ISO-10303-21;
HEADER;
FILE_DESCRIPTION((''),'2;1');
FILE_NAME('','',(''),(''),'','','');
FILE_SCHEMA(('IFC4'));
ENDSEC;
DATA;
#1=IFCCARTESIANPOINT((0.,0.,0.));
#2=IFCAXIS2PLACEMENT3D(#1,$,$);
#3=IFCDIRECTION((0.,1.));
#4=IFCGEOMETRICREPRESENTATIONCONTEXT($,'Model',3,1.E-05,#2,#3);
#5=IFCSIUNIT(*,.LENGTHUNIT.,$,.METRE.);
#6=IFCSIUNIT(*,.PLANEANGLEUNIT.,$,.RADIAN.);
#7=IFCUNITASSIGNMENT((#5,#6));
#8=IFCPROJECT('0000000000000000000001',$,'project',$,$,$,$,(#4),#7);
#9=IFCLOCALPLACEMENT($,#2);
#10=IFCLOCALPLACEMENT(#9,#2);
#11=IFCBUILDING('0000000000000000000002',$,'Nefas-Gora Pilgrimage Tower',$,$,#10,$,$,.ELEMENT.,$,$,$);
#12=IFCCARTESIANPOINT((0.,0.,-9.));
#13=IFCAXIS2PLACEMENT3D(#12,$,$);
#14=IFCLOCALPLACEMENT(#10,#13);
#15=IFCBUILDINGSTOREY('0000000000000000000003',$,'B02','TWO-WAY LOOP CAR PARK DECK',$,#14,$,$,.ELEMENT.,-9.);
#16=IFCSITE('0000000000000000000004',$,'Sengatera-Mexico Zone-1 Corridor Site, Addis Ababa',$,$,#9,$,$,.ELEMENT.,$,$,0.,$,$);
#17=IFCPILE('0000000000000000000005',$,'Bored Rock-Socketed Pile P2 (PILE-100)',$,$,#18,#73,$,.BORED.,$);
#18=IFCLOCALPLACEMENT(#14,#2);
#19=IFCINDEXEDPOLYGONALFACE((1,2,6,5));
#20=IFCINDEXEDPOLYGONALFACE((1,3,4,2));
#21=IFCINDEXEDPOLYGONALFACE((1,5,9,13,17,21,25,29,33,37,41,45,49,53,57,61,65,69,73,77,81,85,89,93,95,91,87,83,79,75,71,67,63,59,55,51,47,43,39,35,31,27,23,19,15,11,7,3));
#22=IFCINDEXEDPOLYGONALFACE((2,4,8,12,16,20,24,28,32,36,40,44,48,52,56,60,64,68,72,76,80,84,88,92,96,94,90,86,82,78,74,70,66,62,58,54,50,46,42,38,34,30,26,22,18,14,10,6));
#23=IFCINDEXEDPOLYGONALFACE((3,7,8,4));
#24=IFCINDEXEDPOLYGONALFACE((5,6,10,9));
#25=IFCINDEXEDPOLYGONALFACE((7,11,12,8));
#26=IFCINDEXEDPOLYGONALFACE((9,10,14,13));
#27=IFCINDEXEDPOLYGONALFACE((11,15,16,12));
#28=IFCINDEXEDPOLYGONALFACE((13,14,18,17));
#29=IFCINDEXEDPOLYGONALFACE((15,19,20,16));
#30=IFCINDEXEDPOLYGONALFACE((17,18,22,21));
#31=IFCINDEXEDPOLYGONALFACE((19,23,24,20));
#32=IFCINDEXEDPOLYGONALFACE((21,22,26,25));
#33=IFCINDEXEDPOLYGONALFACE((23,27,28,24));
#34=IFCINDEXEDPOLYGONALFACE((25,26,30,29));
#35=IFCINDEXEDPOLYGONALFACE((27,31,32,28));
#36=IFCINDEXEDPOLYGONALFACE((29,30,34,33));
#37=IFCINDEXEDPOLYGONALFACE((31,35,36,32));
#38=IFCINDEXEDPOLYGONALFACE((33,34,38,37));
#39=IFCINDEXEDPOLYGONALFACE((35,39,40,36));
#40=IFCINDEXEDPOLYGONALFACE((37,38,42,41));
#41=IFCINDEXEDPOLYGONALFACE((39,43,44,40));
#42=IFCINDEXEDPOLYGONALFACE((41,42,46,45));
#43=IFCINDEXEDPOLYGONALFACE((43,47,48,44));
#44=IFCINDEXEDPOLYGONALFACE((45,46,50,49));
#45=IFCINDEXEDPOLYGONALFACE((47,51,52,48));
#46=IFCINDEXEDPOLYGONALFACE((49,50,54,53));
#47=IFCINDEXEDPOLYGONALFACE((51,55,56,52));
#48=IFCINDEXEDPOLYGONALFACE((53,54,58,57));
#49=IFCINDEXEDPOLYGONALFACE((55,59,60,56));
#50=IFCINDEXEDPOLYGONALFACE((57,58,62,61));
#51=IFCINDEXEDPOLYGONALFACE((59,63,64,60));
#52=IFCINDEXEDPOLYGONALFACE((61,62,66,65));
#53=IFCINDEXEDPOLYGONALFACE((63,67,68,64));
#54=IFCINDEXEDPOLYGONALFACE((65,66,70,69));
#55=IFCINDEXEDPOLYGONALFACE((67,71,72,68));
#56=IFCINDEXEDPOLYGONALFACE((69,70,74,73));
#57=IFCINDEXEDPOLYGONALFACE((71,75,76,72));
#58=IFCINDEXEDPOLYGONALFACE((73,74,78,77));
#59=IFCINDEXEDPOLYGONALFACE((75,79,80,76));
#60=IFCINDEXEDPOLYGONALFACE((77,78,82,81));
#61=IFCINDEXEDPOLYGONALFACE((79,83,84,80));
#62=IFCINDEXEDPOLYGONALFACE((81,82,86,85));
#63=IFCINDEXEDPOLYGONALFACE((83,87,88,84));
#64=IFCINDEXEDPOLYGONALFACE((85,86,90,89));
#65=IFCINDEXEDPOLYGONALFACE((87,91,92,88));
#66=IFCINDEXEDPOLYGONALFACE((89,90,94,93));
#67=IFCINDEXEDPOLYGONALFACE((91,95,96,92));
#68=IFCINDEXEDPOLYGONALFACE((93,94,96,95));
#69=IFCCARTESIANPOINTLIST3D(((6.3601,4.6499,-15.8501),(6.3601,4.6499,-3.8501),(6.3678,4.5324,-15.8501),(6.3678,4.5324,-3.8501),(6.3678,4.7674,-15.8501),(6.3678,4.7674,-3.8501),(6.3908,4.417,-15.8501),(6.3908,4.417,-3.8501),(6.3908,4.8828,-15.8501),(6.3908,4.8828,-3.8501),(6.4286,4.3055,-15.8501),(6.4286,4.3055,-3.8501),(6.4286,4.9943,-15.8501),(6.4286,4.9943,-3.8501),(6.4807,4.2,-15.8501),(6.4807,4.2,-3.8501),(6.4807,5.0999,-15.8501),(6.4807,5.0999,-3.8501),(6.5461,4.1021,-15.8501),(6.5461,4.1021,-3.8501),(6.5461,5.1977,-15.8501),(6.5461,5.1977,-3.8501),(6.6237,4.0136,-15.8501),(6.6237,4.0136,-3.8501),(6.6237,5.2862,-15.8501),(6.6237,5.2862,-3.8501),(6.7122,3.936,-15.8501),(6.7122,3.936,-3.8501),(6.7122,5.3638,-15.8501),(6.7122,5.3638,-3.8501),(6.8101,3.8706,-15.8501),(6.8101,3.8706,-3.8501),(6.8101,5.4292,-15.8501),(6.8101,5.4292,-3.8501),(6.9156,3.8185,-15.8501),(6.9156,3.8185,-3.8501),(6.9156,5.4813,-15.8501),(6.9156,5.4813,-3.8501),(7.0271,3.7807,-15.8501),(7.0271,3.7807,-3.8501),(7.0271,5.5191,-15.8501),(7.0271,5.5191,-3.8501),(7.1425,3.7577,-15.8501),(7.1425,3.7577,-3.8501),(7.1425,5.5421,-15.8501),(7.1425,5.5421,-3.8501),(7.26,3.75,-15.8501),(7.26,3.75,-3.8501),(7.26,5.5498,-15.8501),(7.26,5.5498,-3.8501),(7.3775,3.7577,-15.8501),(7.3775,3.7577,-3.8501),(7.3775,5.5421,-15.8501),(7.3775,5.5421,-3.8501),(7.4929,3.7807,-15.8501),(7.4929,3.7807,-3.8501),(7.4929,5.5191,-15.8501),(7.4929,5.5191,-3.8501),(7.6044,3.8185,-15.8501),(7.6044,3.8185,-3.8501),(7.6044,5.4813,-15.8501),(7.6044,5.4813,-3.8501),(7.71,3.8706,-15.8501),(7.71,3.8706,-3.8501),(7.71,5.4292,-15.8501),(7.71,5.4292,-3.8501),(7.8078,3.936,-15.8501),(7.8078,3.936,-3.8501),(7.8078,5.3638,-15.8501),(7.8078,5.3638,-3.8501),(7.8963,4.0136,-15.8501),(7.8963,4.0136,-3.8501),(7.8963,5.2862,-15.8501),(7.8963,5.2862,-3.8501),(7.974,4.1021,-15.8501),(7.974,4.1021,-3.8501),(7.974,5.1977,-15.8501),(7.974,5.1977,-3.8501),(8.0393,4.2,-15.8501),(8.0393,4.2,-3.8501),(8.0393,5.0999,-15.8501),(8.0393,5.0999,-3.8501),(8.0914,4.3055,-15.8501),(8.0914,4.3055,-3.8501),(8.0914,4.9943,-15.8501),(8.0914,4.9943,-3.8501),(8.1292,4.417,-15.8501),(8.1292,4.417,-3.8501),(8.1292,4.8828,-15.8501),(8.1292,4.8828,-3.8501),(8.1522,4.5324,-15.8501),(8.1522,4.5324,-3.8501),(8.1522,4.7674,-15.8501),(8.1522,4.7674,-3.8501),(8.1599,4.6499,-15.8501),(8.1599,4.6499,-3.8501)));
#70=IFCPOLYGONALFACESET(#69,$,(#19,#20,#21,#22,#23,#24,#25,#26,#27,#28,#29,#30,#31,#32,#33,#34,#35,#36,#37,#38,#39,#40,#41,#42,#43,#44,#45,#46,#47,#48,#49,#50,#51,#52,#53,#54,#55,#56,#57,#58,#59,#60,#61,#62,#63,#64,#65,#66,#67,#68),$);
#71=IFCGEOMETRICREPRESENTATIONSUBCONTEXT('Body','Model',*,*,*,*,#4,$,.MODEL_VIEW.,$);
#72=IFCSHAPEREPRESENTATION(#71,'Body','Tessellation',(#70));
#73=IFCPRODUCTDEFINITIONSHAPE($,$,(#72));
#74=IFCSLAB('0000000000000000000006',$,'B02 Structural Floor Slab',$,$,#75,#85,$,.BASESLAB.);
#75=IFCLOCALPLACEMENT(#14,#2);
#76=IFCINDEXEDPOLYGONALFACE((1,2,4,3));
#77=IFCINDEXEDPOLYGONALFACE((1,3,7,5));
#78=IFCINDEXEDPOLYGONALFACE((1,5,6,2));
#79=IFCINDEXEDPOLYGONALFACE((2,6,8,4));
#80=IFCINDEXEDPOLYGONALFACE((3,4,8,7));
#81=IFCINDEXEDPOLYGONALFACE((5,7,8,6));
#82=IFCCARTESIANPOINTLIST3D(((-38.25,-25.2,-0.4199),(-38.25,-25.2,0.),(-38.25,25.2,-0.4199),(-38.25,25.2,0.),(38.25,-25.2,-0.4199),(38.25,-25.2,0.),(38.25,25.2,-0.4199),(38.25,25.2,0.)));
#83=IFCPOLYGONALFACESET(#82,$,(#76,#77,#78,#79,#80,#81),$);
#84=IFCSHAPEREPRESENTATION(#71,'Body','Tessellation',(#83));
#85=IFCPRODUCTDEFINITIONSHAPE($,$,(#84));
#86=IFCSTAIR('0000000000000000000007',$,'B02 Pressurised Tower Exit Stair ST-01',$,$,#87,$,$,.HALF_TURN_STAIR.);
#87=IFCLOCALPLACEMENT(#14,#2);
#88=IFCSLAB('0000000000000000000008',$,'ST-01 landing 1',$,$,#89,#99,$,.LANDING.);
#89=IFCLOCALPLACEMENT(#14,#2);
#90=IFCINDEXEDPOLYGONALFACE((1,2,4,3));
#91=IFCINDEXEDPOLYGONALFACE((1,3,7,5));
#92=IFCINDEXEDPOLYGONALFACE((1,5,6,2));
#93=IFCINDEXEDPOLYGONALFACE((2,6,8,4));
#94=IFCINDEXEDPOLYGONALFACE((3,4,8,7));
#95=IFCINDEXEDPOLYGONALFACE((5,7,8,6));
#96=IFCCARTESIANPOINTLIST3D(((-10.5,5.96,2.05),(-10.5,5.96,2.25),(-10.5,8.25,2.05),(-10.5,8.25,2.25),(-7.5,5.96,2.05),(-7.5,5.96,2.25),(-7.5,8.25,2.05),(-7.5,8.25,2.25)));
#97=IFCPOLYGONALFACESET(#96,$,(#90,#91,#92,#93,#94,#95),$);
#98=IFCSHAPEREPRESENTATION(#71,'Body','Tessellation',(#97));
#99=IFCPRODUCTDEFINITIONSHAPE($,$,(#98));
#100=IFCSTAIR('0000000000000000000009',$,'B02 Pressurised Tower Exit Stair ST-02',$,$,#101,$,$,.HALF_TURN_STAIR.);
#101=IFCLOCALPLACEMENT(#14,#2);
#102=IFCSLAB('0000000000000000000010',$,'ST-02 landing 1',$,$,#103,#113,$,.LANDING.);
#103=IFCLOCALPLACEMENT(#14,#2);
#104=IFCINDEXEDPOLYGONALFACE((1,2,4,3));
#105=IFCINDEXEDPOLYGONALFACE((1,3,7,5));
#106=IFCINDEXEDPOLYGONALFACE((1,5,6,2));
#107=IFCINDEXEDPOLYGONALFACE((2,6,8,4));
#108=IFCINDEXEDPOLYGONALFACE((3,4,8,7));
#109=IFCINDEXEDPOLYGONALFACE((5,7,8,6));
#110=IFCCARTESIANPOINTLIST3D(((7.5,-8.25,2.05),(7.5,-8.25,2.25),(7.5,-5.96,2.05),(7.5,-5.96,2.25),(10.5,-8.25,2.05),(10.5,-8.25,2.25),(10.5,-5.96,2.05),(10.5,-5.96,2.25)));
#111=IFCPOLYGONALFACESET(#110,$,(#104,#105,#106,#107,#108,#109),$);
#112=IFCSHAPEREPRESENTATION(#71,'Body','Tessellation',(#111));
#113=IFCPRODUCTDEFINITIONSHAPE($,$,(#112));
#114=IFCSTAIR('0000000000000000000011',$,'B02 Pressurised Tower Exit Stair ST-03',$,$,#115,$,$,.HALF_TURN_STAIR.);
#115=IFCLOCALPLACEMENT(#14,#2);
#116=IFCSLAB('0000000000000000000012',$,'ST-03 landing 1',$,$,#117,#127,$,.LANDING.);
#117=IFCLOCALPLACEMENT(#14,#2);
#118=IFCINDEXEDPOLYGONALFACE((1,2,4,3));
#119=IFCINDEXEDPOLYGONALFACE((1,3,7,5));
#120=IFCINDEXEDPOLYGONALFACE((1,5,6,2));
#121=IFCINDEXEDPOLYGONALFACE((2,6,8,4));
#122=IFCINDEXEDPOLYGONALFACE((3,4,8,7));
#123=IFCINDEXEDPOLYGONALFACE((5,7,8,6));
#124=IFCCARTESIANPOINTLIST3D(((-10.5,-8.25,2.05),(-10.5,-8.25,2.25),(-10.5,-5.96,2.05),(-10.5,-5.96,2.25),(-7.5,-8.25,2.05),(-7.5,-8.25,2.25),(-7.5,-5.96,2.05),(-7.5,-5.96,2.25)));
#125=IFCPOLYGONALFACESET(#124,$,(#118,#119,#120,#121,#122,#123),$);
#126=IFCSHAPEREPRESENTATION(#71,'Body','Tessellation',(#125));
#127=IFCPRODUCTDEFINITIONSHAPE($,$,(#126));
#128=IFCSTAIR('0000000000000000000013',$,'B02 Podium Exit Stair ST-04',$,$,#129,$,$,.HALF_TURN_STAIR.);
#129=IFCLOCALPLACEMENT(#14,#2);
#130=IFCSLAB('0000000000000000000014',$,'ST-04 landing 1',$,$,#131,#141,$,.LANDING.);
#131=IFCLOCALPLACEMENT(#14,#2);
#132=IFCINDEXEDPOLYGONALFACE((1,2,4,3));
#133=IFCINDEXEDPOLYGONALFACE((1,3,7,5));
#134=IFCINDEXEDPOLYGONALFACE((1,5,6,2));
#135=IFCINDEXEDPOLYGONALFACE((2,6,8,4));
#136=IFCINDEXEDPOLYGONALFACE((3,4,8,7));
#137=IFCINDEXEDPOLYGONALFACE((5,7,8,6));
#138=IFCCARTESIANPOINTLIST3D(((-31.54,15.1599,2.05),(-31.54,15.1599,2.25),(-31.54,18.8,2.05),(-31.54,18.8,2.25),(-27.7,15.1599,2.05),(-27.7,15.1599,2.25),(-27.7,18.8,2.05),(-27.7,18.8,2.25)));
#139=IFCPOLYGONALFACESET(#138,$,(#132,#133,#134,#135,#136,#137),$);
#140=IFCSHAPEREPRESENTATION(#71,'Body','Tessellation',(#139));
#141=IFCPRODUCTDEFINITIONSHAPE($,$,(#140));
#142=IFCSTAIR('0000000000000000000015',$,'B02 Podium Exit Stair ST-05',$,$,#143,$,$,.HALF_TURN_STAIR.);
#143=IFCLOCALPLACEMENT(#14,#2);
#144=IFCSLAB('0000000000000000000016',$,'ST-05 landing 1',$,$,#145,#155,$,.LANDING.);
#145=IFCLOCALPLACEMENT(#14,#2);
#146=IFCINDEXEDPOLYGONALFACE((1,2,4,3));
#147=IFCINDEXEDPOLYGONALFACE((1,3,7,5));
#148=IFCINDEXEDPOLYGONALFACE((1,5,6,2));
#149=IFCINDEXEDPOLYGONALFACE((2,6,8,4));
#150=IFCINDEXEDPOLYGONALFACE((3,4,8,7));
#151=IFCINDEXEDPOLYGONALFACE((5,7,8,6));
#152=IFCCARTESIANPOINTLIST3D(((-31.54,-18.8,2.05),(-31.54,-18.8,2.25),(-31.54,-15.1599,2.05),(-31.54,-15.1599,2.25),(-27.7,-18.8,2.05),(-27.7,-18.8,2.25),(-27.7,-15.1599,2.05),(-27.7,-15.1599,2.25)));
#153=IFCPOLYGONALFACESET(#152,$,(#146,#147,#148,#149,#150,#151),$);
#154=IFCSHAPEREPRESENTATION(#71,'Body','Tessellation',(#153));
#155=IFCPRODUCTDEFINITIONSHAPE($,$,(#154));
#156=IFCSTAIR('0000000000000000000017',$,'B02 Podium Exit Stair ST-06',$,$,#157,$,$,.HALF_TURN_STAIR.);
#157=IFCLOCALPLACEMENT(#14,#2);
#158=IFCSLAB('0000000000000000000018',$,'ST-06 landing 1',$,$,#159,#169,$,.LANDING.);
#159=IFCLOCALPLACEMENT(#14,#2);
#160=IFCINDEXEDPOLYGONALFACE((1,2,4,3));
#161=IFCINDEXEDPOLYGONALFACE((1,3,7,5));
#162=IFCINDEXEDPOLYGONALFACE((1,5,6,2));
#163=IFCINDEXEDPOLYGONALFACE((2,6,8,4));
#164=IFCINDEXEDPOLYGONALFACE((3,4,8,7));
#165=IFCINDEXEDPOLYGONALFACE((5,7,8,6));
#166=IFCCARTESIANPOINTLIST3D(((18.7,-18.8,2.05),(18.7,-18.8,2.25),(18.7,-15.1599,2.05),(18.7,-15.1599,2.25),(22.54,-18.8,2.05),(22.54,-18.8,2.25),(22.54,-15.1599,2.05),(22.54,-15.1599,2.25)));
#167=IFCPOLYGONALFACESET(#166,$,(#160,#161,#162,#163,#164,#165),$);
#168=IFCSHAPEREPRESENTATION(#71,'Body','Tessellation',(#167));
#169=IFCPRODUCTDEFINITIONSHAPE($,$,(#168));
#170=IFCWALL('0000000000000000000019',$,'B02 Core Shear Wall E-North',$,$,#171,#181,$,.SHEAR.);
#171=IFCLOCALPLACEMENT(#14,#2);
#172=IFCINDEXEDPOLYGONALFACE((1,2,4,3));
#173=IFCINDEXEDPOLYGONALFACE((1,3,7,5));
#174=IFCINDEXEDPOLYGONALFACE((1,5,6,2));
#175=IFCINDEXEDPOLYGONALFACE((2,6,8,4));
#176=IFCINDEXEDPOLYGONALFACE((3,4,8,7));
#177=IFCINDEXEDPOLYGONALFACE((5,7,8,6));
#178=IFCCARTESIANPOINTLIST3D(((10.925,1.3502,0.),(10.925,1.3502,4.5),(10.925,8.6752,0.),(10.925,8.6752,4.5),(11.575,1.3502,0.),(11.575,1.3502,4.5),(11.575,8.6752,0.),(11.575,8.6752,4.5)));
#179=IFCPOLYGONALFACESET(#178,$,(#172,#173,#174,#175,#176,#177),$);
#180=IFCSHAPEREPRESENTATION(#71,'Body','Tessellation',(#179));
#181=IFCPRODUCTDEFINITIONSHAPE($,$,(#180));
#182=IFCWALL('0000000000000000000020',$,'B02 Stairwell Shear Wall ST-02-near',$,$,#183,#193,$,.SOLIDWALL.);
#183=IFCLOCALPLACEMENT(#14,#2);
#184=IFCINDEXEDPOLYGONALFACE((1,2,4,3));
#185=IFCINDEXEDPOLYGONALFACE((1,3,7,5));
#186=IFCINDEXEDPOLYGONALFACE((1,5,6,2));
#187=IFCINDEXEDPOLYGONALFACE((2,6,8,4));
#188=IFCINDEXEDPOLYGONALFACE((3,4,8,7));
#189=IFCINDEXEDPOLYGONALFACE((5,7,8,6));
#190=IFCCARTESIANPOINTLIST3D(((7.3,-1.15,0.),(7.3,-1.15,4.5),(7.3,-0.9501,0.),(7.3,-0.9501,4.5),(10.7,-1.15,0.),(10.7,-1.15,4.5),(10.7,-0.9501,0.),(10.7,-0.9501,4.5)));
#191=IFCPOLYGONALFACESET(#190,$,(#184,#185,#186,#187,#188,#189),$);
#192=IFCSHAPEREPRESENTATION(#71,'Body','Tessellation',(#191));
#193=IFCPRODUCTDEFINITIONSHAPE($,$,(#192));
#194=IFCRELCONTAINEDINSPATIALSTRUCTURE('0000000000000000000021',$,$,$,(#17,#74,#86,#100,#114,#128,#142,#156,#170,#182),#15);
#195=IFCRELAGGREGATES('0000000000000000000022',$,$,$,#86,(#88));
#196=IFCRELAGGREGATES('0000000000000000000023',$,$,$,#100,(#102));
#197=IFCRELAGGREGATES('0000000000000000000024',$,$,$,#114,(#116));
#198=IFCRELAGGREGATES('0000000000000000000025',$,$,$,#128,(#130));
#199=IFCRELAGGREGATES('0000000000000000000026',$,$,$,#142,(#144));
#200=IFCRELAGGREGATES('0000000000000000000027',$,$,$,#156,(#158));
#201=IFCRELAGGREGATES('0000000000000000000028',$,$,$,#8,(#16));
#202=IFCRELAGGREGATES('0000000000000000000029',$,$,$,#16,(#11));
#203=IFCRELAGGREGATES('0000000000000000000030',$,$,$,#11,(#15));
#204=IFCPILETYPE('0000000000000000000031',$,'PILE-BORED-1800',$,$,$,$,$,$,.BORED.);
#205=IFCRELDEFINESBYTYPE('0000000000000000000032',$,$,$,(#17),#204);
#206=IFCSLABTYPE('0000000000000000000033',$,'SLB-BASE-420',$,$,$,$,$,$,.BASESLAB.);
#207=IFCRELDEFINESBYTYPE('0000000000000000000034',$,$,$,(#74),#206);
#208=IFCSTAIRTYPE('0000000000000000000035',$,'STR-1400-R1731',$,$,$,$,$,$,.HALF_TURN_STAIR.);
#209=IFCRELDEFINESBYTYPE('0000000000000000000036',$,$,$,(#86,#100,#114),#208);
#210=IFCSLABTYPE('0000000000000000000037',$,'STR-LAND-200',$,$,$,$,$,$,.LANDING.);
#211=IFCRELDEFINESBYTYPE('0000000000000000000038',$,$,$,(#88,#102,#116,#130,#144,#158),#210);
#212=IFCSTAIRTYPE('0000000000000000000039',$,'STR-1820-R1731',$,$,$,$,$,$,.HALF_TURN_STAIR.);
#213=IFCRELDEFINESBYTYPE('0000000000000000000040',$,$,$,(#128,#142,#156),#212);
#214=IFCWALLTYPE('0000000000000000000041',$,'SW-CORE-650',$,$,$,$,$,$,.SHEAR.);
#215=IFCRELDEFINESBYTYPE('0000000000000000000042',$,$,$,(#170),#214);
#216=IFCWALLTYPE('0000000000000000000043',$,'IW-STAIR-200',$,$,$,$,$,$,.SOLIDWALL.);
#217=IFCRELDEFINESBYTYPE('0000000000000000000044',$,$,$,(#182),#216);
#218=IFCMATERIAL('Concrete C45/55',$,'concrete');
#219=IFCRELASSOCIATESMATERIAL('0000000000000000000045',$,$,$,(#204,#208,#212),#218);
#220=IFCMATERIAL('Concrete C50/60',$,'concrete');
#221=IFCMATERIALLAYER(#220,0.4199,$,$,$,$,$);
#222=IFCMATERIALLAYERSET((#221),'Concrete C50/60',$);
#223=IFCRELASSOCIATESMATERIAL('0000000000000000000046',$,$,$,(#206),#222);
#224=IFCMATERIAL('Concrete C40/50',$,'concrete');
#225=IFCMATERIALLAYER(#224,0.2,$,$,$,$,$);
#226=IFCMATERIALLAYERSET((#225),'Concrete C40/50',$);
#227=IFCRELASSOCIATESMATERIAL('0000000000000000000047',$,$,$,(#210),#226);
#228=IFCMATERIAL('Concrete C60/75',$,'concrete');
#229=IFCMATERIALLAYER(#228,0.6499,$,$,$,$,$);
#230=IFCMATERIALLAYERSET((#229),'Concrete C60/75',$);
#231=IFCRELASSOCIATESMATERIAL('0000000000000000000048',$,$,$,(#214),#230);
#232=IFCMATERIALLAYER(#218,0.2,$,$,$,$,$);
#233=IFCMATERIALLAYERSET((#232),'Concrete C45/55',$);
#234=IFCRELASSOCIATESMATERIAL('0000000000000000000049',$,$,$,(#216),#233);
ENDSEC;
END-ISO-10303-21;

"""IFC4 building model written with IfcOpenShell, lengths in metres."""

from ifc_helpers import new_model, si_unit, direction, frame, frame_2d, origin, origin_2d, place, context, subcontext, project, spatial, polyline, rectangle, circle, outline, extrude, source, transform, mapped, material, layer, layer_set, material_profile, profile_set, type_object, element, aggregate, save


model = new_model("IFC4")

# Units and contexts
model_context = context("Model", 3, precision=1e-05, world=origin(), true_north=direction((0.0, 1.0)))
body_context = subcontext(model_context, "Body", "Model", "MODEL_VIEW")
ifc_project = project(units=[si_unit("LENGTHUNIT", "METRE"), si_unit("PLANEANGLEUNIT", "RADIAN")], contexts=[model_context])

# Site, building, storey
site_placement = place(None, origin())
site = spatial("IfcSite", under=ifc_project, at=site_placement, Name="Sengatera-Mexico Zone-1 Corridor Site, Addis Ababa", CompositionType="ELEMENT", RefElevation=0.0)
building_placement = place(site_placement, origin())
building = spatial("IfcBuilding", under=site, at=building_placement, Name="Nefas-Gora Pilgrimage Tower", CompositionType="ELEMENT")
storey_placement = place(building_placement, frame((0.0, 0.0, -9.0)))
storey = spatial("IfcBuildingStorey", under=building, at=storey_placement, Name="B02", Description="TWO-WAY LOOP CAR PARK DECK", CompositionType="ELEMENT", Elevation=-9.0)

# Shared definitions
ifc_material_1 = material(Name="Concrete C50/60", Category="concrete")

# Pile
ifc_material_2 = material(Name="Concrete C45/55", Category="concrete")
ifc_material_profile = material_profile(ifc_material_2, circle(Radius=0.8999, at=origin_2d()), Name="PILE D1800")
ifc_profile_set = profile_set([ifc_material_profile], Name="Concrete C45/55")
pile_type = type_object("IfcPileType", Name="PILE-BORED-1800", PredefinedType="BORED", material=ifc_profile_set)
shared_shape_1 = source(origin(), body_context, "Body", "SweptSolid", [
    extrude(circle(Radius=0.8999, at=origin_2d()), origin(), (0.0, 0.0, 1.0), 12.0),
])
for number, where, z_axis, x_axis, name in (
    (1, (7.26, 4.6499, -3.8501), (0.0, 0.0, -1.0), (1.0, 0.0, 0.0), "Bored Rock-Socketed Pile P2 (PILE-100)"),
):
    element("IfcPile", number, at=place(storey_placement, frame(where, z_axis=z_axis, x_axis=x_axis)), inside=storey, type_object=pile_type, Name=name, PredefinedType="BORED", context=body_context, shape_type="MappedRepresentation", body=[
        mapped(shared_shape_1, transform((0.0, 0.0, 0.0), x_axis=(1.0, 0.0, 0.0), y_axis=(0.0, 1.0, 0.0), z_axis=(0.0, 0.0, 1.0), scale=1.0)),
    ])

# Slab
ifc_layer_1 = layer(ifc_material_1, 0.4199)
ifc_layer_set_1 = layer_set([ifc_layer_1], Name="Concrete C50/60")
slab_type_1 = type_object("IfcSlabType", Name="SLB-BASE-420", PredefinedType="BASESLAB", material=ifc_layer_set_1)
slab_1_placement = place(storey_placement, frame((0.0, 0.0, -0.4199)))
element("IfcSlab", 2, at=slab_1_placement, inside=storey, type_object=slab_type_1, Name="B02 Structural Floor Slab", PredefinedType="BASESLAB", context=body_context, shape_type="SweptSolid", body=[
    extrude(outline(polyline([(38.25, -25.2), (38.25, 25.2), (-38.25, 25.2), (-38.25, -25.2), (38.25, -25.2)])), origin(), (0.0, 0.0, 1.0), 0.4199),
])

# Stairs, slabs
stair_type_1 = type_object("IfcStairType", Name="STR-1400-R1731", PredefinedType="HALF_TURN_STAIR", material=ifc_material_2)
stair_1_placement = place(storey_placement, origin())
stair_1 = element("IfcStair", 3, at=stair_1_placement, inside=storey, type_object=stair_type_1, Name="B02 Pressurised Tower Exit Stair ST-01", PredefinedType="HALF_TURN_STAIR")
ifc_material_3 = material(Name="Concrete C40/50", Category="concrete")
ifc_layer_2 = layer(ifc_material_3, 0.2)
ifc_layer_set_2 = layer_set([ifc_layer_2], Name="Concrete C40/50")
slab_type_2 = type_object("IfcSlabType", Name="STR-LAND-200", PredefinedType="LANDING", material=ifc_layer_set_2)
slab_2_placement = place(storey_placement, frame((0.0, 0.0, 2.05)))
slab_2 = element("IfcSlab", 4, at=slab_2_placement, type_object=slab_type_2, Name="ST-01 landing 1", PredefinedType="LANDING", context=body_context, shape_type="SweptSolid", body=[
    extrude(outline(polyline([(-7.5, 5.96), (-7.5, 8.25), (-10.5, 8.25), (-10.5, 5.96), (-7.5, 5.96)])), origin(), (0.0, 0.0, 1.0), 0.2),
])
aggregate(stair_1, [slab_2])
stair_2_placement = place(storey_placement, origin())
stair_2 = element("IfcStair", 5, at=stair_2_placement, inside=storey, type_object=stair_type_1, Name="B02 Pressurised Tower Exit Stair ST-02", PredefinedType="HALF_TURN_STAIR")
slab_3_placement = place(storey_placement, frame((0.0, 0.0, 2.05)))
slab_3 = element("IfcSlab", 6, at=slab_3_placement, type_object=slab_type_2, Name="ST-02 landing 1", PredefinedType="LANDING", context=body_context, shape_type="SweptSolid", body=[
    extrude(outline(polyline([(7.5, -5.96), (7.5, -8.25), (10.5, -8.25), (10.5, -5.96), (7.5, -5.96)])), origin(), (0.0, 0.0, 1.0), 0.2),
])
aggregate(stair_2, [slab_3])
stair_3_placement = place(storey_placement, origin())
stair_3 = element("IfcStair", 7, at=stair_3_placement, inside=storey, type_object=stair_type_1, Name="B02 Pressurised Tower Exit Stair ST-03", PredefinedType="HALF_TURN_STAIR")
slab_4_placement = place(storey_placement, frame((0.0, 0.0, 2.05)))
slab_4 = element("IfcSlab", 8, at=slab_4_placement, type_object=slab_type_2, Name="ST-03 landing 1", PredefinedType="LANDING", context=body_context, shape_type="SweptSolid", body=[
    extrude(outline(polyline([(-10.5, -5.96), (-10.5, -8.25), (-7.5, -8.25), (-7.5, -5.96), (-10.5, -5.96)])), origin(), (0.0, 0.0, 1.0), 0.2),
])
aggregate(stair_3, [slab_4])
stair_type_2 = type_object("IfcStairType", Name="STR-1820-R1731", PredefinedType="HALF_TURN_STAIR", material=ifc_material_2)
stair_4_placement = place(storey_placement, origin())
stair_4 = element("IfcStair", 9, at=stair_4_placement, inside=storey, type_object=stair_type_2, Name="B02 Podium Exit Stair ST-04", PredefinedType="HALF_TURN_STAIR")
slab_5_placement = place(storey_placement, frame((0.0, 0.0, 2.05)))
slab_5 = element("IfcSlab", 10, at=slab_5_placement, type_object=slab_type_2, Name="ST-04 landing 1", PredefinedType="LANDING", context=body_context, shape_type="SweptSolid", body=[
    extrude(outline(polyline([(-27.7, 15.1599), (-27.7, 18.8), (-31.54, 18.8), (-31.54, 15.1599), (-27.7, 15.1599)])), origin(), (0.0, 0.0, 1.0), 0.2),
])
aggregate(stair_4, [slab_5])
stair_5_placement = place(storey_placement, origin())
stair_5 = element("IfcStair", 11, at=stair_5_placement, inside=storey, type_object=stair_type_2, Name="B02 Podium Exit Stair ST-05", PredefinedType="HALF_TURN_STAIR")
slab_6_placement = place(storey_placement, frame((0.0, 0.0, 2.05)))
slab_6 = element("IfcSlab", 12, at=slab_6_placement, type_object=slab_type_2, Name="ST-05 landing 1", PredefinedType="LANDING", context=body_context, shape_type="SweptSolid", body=[
    extrude(outline(polyline([(-31.54, -15.1599), (-31.54, -18.8), (-27.7, -18.8), (-27.7, -15.1599), (-31.54, -15.1599)])), origin(), (0.0, 0.0, 1.0), 0.2),
])
aggregate(stair_5, [slab_6])
stair_6_placement = place(storey_placement, origin())
stair_6 = element("IfcStair", 13, at=stair_6_placement, inside=storey, type_object=stair_type_2, Name="B02 Podium Exit Stair ST-06", PredefinedType="HALF_TURN_STAIR")
slab_7_placement = place(storey_placement, frame((0.0, 0.0, 2.05)))
slab_7 = element("IfcSlab", 14, at=slab_7_placement, type_object=slab_type_2, Name="ST-06 landing 1", PredefinedType="LANDING", context=body_context, shape_type="SweptSolid", body=[
    extrude(outline(polyline([(18.7, -15.1599), (18.7, -18.8), (22.54, -18.8), (22.54, -15.1599), (18.7, -15.1599)])), origin(), (0.0, 0.0, 1.0), 0.2),
])
aggregate(stair_6, [slab_7])

# Walls
ifc_material_4 = material(Name="Concrete C60/75", Category="concrete")
ifc_layer_3 = layer(ifc_material_4, 0.6499)
ifc_layer_set_3 = layer_set([ifc_layer_3], Name="Concrete C60/75")
wall_type_1 = type_object("IfcWallType", Name="SW-CORE-650", PredefinedType="SHEAR", material=ifc_layer_set_3)
shared_shape_2 = source(origin(), body_context, "Body", "SweptSolid", [
    extrude(rectangle(XDim=7.325, YDim=0.6499, at=frame_2d((3.6626, 0.0))), origin(), (0.0, 0.0, 1.0), 4.5),
])
wall_1_placement = place(storey_placement, frame((11.25, 1.3501, 0.0), z_axis=(0.0, 0.0, 1.0), x_axis=(0.0, 1.0, 0.0)))
element("IfcWall", 15, at=wall_1_placement, inside=storey, type_object=wall_type_1, Name="B02 Core Shear Wall E-North", PredefinedType="SHEAR", context=body_context, shape_type="MappedRepresentation", body=[
    mapped(shared_shape_2, transform((0.0, 0.0, 0.0), x_axis=(1.0, 0.0, 0.0), y_axis=(0.0, 1.0, 0.0), z_axis=(0.0, 0.0, 1.0), scale=1.0)),
])
ifc_layer_4 = layer(ifc_material_2, 0.2)
ifc_layer_set_4 = layer_set([ifc_layer_4], Name="Concrete C45/55")
wall_type_2 = type_object("IfcWallType", Name="IW-STAIR-200", PredefinedType="SOLIDWALL", material=ifc_layer_set_4)
shared_shape_3 = source(origin(), body_context, "Body", "SweptSolid", [
    extrude(rectangle(XDim=3.3999, YDim=0.2, at=frame_2d((1.7, 0.0))), origin(), (0.0, 0.0, 1.0), 4.5),
])
wall_2_placement = place(storey_placement, frame((7.3, -1.05, 0.0), z_axis=(0.0, 0.0, 1.0), x_axis=(1.0, 0.0, 0.0)))
element("IfcWall", 16, at=wall_2_placement, inside=storey, type_object=wall_type_2, Name="B02 Stairwell Shear Wall ST-02-near", PredefinedType="SOLIDWALL", context=body_context, shape_type="MappedRepresentation", body=[
    mapped(shared_shape_3, transform((0.0, 0.0, 0.0), x_axis=(1.0, 0.0, 0.0), y_axis=(0.0, 1.0, 0.0), z_axis=(0.0, 0.0, 1.0), scale=1.0)),
])

save(model, "model.ifc")
